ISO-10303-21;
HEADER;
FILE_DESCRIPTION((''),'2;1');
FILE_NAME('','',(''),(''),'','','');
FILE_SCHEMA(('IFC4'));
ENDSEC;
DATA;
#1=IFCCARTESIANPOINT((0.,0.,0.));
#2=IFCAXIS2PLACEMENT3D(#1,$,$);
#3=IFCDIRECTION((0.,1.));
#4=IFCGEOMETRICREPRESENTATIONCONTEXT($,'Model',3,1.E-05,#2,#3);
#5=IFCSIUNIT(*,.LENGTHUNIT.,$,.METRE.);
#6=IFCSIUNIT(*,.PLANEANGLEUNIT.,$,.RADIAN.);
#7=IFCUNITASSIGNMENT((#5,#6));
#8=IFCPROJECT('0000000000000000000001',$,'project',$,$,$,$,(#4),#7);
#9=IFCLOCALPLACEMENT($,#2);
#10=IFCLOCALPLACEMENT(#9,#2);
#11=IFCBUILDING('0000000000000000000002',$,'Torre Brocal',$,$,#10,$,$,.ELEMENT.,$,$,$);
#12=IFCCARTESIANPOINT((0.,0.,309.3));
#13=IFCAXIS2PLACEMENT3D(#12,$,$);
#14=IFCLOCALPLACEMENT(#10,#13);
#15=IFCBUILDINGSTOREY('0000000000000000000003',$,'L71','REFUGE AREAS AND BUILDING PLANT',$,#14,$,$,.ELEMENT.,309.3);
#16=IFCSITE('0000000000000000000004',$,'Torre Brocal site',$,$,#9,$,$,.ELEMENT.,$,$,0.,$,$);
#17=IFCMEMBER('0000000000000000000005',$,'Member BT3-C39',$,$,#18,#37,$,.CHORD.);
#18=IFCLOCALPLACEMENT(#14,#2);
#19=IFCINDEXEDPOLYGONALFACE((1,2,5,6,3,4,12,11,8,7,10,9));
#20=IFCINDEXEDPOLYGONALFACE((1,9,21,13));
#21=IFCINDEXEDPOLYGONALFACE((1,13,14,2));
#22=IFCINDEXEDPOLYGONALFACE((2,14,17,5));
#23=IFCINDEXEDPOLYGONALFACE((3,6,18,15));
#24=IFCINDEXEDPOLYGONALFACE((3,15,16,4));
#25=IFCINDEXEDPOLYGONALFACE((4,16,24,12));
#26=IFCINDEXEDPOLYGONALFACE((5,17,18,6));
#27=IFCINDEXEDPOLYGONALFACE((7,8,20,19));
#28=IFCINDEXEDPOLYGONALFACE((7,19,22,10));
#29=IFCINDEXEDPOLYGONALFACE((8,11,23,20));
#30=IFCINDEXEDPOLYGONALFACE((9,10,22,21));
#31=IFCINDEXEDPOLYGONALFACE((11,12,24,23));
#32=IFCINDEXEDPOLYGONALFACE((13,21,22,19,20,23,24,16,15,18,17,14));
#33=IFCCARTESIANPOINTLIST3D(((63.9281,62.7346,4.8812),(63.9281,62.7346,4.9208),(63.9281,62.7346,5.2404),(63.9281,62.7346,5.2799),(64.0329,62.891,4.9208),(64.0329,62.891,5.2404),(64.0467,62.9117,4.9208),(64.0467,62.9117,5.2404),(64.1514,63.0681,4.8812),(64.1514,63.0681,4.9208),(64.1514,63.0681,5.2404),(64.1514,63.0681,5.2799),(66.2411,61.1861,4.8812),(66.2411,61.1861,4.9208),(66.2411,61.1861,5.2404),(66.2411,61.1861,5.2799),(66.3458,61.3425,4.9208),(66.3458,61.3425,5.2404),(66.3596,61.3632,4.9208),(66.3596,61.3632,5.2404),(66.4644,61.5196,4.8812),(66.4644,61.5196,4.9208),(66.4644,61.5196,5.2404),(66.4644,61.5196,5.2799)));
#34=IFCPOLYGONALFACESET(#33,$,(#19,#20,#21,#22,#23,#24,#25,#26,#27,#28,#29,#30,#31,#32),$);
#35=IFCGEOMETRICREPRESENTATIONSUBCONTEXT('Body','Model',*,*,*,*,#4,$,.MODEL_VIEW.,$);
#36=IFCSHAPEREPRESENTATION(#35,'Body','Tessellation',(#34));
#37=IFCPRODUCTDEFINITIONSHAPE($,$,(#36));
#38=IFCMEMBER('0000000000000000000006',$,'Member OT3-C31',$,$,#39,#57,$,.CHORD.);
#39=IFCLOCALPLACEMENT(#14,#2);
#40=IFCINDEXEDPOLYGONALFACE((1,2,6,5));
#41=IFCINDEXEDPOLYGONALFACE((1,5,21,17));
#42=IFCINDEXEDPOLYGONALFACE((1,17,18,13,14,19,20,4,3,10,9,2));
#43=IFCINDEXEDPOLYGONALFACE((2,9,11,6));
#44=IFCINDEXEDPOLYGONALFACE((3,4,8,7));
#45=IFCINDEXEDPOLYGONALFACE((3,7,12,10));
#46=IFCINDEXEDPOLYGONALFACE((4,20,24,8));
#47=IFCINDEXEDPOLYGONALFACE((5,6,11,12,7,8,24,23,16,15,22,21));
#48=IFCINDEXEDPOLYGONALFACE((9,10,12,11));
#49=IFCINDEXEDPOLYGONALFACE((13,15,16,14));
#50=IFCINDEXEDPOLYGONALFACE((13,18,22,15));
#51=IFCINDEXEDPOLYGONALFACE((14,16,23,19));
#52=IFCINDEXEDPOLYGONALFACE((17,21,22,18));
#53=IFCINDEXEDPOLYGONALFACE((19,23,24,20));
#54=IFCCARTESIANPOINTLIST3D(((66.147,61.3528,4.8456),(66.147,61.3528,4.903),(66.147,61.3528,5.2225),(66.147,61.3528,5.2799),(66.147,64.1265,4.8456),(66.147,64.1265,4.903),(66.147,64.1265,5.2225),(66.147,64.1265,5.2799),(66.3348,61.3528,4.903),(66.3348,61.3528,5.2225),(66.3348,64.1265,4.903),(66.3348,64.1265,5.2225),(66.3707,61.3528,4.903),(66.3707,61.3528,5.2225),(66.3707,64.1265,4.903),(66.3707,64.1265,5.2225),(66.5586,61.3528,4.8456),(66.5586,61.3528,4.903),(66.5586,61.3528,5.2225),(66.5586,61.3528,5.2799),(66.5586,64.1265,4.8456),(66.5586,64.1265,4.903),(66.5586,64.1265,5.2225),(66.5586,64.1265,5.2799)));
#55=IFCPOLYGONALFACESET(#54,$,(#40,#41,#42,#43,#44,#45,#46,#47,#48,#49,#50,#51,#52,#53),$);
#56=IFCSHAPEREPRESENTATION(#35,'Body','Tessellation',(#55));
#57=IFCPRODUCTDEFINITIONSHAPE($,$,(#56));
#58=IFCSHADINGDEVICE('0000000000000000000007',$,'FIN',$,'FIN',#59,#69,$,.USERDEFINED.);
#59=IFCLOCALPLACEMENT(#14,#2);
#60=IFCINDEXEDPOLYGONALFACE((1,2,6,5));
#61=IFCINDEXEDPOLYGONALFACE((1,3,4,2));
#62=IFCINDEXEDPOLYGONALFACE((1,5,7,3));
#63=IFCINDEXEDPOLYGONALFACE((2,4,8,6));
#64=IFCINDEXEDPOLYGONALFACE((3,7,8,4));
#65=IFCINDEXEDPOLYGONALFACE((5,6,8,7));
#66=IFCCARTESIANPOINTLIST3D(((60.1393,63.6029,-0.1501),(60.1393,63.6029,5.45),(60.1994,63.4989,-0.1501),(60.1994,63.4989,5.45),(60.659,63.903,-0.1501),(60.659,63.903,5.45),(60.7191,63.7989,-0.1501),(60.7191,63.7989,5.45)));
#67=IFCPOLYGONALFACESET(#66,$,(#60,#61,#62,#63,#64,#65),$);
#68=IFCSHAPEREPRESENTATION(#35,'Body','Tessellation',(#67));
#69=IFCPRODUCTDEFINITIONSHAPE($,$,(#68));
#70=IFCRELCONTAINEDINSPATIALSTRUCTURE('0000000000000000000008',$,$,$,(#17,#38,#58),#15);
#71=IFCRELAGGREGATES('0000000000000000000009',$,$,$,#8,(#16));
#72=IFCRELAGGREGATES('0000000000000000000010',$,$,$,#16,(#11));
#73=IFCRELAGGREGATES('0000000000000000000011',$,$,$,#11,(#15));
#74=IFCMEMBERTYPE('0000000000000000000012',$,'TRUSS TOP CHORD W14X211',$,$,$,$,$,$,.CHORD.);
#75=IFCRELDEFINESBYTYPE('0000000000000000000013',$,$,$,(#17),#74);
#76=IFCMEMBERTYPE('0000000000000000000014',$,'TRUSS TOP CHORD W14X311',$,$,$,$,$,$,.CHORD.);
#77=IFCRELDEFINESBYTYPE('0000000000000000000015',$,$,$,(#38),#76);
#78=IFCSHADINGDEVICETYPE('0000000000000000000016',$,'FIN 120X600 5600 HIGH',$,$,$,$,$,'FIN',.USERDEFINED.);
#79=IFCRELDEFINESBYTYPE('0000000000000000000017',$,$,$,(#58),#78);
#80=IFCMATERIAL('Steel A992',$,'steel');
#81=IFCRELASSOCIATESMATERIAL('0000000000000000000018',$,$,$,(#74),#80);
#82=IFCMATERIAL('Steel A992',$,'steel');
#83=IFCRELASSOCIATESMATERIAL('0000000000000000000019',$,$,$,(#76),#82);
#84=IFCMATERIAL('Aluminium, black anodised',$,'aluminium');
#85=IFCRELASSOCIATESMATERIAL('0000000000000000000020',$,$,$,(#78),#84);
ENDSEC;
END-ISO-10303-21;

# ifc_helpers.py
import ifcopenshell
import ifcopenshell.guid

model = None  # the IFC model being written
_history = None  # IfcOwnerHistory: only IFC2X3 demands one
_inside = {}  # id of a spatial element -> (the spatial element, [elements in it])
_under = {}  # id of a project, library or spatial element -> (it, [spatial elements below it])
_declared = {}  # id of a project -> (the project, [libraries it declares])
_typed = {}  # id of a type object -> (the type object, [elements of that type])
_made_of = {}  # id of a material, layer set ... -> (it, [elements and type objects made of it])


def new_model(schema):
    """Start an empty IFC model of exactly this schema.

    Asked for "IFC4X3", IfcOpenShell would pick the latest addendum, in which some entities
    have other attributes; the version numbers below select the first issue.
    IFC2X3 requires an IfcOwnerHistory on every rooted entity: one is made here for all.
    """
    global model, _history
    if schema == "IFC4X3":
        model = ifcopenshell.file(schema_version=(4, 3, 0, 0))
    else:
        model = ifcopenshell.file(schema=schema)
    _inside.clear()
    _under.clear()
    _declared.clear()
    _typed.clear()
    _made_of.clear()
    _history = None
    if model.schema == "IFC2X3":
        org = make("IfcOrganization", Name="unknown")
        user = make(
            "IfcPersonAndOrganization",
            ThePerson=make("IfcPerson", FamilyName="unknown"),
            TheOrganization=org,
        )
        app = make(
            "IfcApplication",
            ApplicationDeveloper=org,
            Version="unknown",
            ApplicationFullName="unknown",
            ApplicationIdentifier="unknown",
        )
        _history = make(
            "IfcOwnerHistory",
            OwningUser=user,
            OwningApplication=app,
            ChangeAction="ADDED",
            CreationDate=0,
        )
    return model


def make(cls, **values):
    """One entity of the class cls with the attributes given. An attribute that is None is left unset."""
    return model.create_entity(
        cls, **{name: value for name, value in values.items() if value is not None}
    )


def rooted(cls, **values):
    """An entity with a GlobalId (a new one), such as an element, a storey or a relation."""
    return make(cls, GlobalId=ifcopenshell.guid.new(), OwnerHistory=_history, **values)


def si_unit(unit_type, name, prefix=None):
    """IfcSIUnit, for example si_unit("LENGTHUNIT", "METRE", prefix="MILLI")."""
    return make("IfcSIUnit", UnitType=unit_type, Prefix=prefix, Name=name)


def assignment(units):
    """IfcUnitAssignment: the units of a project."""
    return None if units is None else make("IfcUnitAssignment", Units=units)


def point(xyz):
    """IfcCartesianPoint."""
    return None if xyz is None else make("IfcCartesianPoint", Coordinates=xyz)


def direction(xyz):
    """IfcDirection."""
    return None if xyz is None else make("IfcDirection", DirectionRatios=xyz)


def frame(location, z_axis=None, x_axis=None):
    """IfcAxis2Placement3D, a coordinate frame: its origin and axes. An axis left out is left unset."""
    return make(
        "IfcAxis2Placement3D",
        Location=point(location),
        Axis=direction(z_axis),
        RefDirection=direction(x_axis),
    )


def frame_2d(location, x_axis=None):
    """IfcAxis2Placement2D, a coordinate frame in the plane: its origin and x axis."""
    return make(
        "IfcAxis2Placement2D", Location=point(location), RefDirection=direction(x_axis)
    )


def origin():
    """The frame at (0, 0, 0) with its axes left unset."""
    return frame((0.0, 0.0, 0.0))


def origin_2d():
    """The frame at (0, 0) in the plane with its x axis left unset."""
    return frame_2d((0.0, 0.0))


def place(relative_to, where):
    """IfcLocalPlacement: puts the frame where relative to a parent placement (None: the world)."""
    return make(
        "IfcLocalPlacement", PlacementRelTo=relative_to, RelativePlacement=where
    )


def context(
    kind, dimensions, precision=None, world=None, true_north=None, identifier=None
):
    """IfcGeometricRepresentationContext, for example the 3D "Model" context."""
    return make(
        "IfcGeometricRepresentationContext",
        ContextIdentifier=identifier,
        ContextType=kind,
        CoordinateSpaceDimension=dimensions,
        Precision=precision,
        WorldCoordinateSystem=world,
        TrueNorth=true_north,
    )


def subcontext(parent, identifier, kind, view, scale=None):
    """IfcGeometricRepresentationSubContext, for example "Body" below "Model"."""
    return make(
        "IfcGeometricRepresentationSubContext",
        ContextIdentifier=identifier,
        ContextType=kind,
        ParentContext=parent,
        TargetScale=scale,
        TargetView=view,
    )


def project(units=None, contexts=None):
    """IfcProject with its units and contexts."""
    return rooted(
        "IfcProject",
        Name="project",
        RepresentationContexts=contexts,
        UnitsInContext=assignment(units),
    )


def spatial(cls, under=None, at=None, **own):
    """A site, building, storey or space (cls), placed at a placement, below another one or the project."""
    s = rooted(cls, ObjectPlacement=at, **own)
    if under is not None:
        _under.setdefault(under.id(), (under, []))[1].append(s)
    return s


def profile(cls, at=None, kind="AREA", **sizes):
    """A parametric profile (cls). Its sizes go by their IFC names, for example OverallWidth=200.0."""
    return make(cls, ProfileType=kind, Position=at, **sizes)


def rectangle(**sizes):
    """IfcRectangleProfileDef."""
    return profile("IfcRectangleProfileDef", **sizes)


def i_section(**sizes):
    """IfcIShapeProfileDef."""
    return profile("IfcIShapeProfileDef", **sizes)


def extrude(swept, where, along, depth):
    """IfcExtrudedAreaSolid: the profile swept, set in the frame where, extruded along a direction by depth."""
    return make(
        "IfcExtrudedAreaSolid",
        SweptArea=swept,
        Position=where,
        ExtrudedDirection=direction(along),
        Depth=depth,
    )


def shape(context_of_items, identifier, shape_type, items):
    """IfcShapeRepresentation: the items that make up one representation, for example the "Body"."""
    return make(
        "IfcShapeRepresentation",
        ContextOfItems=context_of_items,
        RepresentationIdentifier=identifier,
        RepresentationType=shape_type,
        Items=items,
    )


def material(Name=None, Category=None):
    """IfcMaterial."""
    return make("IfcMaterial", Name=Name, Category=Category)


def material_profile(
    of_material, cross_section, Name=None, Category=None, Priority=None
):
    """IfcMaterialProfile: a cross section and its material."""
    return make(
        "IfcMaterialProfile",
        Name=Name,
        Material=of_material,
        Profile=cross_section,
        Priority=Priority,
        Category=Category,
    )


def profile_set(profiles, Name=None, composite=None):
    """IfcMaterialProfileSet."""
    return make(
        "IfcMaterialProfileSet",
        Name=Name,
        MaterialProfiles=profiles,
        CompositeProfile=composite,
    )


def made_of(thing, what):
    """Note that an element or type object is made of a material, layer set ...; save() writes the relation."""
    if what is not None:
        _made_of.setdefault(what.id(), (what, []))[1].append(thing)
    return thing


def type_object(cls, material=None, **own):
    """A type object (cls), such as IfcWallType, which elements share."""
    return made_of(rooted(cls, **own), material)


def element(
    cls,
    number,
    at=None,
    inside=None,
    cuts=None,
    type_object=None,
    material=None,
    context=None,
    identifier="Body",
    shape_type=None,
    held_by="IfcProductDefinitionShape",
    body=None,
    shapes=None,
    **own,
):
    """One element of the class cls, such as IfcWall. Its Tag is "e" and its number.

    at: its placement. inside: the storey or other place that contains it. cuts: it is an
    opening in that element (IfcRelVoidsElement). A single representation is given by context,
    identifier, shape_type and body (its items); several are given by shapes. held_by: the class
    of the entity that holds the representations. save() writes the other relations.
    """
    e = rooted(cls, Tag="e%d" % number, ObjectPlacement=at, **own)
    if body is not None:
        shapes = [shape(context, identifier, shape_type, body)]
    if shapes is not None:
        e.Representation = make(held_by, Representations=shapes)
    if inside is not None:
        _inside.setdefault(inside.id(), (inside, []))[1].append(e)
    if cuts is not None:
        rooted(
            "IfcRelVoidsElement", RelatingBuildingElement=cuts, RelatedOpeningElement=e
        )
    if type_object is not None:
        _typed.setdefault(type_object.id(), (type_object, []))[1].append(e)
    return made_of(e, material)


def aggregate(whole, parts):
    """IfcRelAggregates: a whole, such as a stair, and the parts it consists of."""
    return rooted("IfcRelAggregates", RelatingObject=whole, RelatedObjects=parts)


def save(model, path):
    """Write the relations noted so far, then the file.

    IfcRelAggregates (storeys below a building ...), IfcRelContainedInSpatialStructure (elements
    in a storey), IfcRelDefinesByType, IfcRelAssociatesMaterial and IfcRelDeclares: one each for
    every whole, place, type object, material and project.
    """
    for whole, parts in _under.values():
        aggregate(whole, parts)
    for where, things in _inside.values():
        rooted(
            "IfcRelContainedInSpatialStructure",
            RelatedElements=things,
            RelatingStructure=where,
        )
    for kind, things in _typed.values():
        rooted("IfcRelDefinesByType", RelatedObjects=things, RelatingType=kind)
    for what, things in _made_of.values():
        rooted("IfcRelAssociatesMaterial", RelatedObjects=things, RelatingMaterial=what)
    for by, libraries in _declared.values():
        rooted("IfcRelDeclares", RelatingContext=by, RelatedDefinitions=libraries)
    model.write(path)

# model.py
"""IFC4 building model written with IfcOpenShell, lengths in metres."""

from ifc_helpers import new_model, si_unit, direction, frame, origin, origin_2d, place, context, subcontext, project, spatial, rectangle, i_section, extrude, material, material_profile, profile_set, type_object, element, save


model = new_model("IFC4")

# Units and contexts
model_context = context("Model", 3, precision=1e-05, world=origin(), true_north=direction((0.0, 1.0)))
body_context = subcontext(model_context, "Body", "Model", "MODEL_VIEW")
ifc_project = project(units=[si_unit("LENGTHUNIT", "METRE"), si_unit("PLANEANGLEUNIT", "RADIAN")], contexts=[model_context])

# Site, building, storey
site_placement = place(None, origin())
site = spatial("IfcSite", under=ifc_project, at=site_placement, Name="Torre Brocal site", CompositionType="ELEMENT", RefElevation=0.0)
building_placement = place(site_placement, origin())
building = spatial("IfcBuilding", under=site, at=building_placement, Name="Torre Brocal", CompositionType="ELEMENT")
storey_placement = place(building_placement, frame((0.0, 0.0, 309.3)))
storey = spatial("IfcBuildingStorey", under=building, at=storey_placement, Name="L71", Description="REFUGE AREAS AND BUILDING PLANT", CompositionType="ELEMENT", Elevation=309.3)

# Members
ifc_material_1 = material(Name="Steel A992", Category="steel")
ifc_material_profile_1 = material_profile(ifc_material_1, i_section(OverallWidth=0.4014, OverallDepth=0.3987, WebThickness=0.0249, FlangeThickness=0.0396, at=origin_2d()), Name="W14X211")
ifc_profile_set_1 = profile_set([ifc_material_profile_1], Name="Steel A992")
member_type_1 = type_object("IfcMemberType", Name="TRUSS TOP CHORD W14X211", PredefinedType="CHORD", material=ifc_profile_set_1)
for number, where, z_axis, x_axis, name in (
    (1, (64.0398, 62.9014, 5.0806), (0.830956, -0.556339, 0.0), (0.556339, 0.830956, 0.0), "Member BT3-C39"),
):
    element("IfcMember", number, at=place(storey_placement, frame(where, z_axis=z_axis, x_axis=x_axis)), inside=storey, type_object=member_type_1, Name=name, PredefinedType="CHORD", context=body_context, shape_type="SweptSolid", body=[
        extrude(i_section(OverallWidth=0.4014, OverallDepth=0.3987, WebThickness=0.0249, FlangeThickness=0.0396, at=origin_2d()), origin(), (0.0, 0.0, 1.0), 2.7834),
    ])
ifc_material_2 = material(Name="Steel A992", Category="steel")
ifc_material_profile_2 = material_profile(ifc_material_2, i_section(OverallWidth=0.4116, OverallDepth=0.4343, WebThickness=0.0359, FlangeThickness=0.0574, at=origin_2d()), Name="W14X311")
ifc_profile_set_2 = profile_set([ifc_material_profile_2], Name="Steel A992")
member_type_2 = type_object("IfcMemberType", Name="TRUSS TOP CHORD W14X311", PredefinedType="CHORD", material=ifc_profile_set_2)
member_1_placement = place(storey_placement, frame((66.3528, 64.1265, 5.0627), z_axis=(0.0, -1.0, 0.0), x_axis=(1.0, 0.0, 0.0)))
element("IfcMember", 2, at=member_1_placement, inside=storey, type_object=member_type_2, Name="Member OT3-C31", PredefinedType="CHORD", context=body_context, shape_type="SweptSolid", body=[
    extrude(i_section(OverallWidth=0.4116, OverallDepth=0.4343, WebThickness=0.0359, FlangeThickness=0.0574, at=origin_2d()), origin(), (0.0, 0.0, 1.0), 2.7737),
])

# Shading device
ifc_material_3 = material(Name="Aluminium, black anodised", Category="aluminium")
ifc_material_profile_3 = material_profile(ifc_material_3, rectangle(XDim=0.1201, YDim=0.6001, at=origin_2d()), Name="FIN 120X600 5600 HIGH")
ifc_profile_set_3 = profile_set([ifc_material_profile_3], Name="Aluminium, black anodised")
shading_device_type = type_object("IfcShadingDeviceType", Name="FIN 120X600 5600 HIGH", ElementType="FIN", PredefinedType="USERDEFINED", material=ifc_profile_set_3)
shading_device_placement = place(storey_placement, frame((60.4292, 63.7009, -0.1501), z_axis=(0.0, 0.0, 1.0), x_axis=(0.5, -0.866025, 0.0)))
element("IfcShadingDevice", 3, at=shading_device_placement, inside=storey, type_object=shading_device_type, Name="FIN", ObjectType="FIN", PredefinedType="USERDEFINED", context=body_context, shape_type="SweptSolid", body=[
    extrude(rectangle(XDim=0.1201, YDim=0.6001, at=origin_2d()), origin(), (0.0, 0.0, 1.0), 5.6001),
])

save(model, "model.ifc")
